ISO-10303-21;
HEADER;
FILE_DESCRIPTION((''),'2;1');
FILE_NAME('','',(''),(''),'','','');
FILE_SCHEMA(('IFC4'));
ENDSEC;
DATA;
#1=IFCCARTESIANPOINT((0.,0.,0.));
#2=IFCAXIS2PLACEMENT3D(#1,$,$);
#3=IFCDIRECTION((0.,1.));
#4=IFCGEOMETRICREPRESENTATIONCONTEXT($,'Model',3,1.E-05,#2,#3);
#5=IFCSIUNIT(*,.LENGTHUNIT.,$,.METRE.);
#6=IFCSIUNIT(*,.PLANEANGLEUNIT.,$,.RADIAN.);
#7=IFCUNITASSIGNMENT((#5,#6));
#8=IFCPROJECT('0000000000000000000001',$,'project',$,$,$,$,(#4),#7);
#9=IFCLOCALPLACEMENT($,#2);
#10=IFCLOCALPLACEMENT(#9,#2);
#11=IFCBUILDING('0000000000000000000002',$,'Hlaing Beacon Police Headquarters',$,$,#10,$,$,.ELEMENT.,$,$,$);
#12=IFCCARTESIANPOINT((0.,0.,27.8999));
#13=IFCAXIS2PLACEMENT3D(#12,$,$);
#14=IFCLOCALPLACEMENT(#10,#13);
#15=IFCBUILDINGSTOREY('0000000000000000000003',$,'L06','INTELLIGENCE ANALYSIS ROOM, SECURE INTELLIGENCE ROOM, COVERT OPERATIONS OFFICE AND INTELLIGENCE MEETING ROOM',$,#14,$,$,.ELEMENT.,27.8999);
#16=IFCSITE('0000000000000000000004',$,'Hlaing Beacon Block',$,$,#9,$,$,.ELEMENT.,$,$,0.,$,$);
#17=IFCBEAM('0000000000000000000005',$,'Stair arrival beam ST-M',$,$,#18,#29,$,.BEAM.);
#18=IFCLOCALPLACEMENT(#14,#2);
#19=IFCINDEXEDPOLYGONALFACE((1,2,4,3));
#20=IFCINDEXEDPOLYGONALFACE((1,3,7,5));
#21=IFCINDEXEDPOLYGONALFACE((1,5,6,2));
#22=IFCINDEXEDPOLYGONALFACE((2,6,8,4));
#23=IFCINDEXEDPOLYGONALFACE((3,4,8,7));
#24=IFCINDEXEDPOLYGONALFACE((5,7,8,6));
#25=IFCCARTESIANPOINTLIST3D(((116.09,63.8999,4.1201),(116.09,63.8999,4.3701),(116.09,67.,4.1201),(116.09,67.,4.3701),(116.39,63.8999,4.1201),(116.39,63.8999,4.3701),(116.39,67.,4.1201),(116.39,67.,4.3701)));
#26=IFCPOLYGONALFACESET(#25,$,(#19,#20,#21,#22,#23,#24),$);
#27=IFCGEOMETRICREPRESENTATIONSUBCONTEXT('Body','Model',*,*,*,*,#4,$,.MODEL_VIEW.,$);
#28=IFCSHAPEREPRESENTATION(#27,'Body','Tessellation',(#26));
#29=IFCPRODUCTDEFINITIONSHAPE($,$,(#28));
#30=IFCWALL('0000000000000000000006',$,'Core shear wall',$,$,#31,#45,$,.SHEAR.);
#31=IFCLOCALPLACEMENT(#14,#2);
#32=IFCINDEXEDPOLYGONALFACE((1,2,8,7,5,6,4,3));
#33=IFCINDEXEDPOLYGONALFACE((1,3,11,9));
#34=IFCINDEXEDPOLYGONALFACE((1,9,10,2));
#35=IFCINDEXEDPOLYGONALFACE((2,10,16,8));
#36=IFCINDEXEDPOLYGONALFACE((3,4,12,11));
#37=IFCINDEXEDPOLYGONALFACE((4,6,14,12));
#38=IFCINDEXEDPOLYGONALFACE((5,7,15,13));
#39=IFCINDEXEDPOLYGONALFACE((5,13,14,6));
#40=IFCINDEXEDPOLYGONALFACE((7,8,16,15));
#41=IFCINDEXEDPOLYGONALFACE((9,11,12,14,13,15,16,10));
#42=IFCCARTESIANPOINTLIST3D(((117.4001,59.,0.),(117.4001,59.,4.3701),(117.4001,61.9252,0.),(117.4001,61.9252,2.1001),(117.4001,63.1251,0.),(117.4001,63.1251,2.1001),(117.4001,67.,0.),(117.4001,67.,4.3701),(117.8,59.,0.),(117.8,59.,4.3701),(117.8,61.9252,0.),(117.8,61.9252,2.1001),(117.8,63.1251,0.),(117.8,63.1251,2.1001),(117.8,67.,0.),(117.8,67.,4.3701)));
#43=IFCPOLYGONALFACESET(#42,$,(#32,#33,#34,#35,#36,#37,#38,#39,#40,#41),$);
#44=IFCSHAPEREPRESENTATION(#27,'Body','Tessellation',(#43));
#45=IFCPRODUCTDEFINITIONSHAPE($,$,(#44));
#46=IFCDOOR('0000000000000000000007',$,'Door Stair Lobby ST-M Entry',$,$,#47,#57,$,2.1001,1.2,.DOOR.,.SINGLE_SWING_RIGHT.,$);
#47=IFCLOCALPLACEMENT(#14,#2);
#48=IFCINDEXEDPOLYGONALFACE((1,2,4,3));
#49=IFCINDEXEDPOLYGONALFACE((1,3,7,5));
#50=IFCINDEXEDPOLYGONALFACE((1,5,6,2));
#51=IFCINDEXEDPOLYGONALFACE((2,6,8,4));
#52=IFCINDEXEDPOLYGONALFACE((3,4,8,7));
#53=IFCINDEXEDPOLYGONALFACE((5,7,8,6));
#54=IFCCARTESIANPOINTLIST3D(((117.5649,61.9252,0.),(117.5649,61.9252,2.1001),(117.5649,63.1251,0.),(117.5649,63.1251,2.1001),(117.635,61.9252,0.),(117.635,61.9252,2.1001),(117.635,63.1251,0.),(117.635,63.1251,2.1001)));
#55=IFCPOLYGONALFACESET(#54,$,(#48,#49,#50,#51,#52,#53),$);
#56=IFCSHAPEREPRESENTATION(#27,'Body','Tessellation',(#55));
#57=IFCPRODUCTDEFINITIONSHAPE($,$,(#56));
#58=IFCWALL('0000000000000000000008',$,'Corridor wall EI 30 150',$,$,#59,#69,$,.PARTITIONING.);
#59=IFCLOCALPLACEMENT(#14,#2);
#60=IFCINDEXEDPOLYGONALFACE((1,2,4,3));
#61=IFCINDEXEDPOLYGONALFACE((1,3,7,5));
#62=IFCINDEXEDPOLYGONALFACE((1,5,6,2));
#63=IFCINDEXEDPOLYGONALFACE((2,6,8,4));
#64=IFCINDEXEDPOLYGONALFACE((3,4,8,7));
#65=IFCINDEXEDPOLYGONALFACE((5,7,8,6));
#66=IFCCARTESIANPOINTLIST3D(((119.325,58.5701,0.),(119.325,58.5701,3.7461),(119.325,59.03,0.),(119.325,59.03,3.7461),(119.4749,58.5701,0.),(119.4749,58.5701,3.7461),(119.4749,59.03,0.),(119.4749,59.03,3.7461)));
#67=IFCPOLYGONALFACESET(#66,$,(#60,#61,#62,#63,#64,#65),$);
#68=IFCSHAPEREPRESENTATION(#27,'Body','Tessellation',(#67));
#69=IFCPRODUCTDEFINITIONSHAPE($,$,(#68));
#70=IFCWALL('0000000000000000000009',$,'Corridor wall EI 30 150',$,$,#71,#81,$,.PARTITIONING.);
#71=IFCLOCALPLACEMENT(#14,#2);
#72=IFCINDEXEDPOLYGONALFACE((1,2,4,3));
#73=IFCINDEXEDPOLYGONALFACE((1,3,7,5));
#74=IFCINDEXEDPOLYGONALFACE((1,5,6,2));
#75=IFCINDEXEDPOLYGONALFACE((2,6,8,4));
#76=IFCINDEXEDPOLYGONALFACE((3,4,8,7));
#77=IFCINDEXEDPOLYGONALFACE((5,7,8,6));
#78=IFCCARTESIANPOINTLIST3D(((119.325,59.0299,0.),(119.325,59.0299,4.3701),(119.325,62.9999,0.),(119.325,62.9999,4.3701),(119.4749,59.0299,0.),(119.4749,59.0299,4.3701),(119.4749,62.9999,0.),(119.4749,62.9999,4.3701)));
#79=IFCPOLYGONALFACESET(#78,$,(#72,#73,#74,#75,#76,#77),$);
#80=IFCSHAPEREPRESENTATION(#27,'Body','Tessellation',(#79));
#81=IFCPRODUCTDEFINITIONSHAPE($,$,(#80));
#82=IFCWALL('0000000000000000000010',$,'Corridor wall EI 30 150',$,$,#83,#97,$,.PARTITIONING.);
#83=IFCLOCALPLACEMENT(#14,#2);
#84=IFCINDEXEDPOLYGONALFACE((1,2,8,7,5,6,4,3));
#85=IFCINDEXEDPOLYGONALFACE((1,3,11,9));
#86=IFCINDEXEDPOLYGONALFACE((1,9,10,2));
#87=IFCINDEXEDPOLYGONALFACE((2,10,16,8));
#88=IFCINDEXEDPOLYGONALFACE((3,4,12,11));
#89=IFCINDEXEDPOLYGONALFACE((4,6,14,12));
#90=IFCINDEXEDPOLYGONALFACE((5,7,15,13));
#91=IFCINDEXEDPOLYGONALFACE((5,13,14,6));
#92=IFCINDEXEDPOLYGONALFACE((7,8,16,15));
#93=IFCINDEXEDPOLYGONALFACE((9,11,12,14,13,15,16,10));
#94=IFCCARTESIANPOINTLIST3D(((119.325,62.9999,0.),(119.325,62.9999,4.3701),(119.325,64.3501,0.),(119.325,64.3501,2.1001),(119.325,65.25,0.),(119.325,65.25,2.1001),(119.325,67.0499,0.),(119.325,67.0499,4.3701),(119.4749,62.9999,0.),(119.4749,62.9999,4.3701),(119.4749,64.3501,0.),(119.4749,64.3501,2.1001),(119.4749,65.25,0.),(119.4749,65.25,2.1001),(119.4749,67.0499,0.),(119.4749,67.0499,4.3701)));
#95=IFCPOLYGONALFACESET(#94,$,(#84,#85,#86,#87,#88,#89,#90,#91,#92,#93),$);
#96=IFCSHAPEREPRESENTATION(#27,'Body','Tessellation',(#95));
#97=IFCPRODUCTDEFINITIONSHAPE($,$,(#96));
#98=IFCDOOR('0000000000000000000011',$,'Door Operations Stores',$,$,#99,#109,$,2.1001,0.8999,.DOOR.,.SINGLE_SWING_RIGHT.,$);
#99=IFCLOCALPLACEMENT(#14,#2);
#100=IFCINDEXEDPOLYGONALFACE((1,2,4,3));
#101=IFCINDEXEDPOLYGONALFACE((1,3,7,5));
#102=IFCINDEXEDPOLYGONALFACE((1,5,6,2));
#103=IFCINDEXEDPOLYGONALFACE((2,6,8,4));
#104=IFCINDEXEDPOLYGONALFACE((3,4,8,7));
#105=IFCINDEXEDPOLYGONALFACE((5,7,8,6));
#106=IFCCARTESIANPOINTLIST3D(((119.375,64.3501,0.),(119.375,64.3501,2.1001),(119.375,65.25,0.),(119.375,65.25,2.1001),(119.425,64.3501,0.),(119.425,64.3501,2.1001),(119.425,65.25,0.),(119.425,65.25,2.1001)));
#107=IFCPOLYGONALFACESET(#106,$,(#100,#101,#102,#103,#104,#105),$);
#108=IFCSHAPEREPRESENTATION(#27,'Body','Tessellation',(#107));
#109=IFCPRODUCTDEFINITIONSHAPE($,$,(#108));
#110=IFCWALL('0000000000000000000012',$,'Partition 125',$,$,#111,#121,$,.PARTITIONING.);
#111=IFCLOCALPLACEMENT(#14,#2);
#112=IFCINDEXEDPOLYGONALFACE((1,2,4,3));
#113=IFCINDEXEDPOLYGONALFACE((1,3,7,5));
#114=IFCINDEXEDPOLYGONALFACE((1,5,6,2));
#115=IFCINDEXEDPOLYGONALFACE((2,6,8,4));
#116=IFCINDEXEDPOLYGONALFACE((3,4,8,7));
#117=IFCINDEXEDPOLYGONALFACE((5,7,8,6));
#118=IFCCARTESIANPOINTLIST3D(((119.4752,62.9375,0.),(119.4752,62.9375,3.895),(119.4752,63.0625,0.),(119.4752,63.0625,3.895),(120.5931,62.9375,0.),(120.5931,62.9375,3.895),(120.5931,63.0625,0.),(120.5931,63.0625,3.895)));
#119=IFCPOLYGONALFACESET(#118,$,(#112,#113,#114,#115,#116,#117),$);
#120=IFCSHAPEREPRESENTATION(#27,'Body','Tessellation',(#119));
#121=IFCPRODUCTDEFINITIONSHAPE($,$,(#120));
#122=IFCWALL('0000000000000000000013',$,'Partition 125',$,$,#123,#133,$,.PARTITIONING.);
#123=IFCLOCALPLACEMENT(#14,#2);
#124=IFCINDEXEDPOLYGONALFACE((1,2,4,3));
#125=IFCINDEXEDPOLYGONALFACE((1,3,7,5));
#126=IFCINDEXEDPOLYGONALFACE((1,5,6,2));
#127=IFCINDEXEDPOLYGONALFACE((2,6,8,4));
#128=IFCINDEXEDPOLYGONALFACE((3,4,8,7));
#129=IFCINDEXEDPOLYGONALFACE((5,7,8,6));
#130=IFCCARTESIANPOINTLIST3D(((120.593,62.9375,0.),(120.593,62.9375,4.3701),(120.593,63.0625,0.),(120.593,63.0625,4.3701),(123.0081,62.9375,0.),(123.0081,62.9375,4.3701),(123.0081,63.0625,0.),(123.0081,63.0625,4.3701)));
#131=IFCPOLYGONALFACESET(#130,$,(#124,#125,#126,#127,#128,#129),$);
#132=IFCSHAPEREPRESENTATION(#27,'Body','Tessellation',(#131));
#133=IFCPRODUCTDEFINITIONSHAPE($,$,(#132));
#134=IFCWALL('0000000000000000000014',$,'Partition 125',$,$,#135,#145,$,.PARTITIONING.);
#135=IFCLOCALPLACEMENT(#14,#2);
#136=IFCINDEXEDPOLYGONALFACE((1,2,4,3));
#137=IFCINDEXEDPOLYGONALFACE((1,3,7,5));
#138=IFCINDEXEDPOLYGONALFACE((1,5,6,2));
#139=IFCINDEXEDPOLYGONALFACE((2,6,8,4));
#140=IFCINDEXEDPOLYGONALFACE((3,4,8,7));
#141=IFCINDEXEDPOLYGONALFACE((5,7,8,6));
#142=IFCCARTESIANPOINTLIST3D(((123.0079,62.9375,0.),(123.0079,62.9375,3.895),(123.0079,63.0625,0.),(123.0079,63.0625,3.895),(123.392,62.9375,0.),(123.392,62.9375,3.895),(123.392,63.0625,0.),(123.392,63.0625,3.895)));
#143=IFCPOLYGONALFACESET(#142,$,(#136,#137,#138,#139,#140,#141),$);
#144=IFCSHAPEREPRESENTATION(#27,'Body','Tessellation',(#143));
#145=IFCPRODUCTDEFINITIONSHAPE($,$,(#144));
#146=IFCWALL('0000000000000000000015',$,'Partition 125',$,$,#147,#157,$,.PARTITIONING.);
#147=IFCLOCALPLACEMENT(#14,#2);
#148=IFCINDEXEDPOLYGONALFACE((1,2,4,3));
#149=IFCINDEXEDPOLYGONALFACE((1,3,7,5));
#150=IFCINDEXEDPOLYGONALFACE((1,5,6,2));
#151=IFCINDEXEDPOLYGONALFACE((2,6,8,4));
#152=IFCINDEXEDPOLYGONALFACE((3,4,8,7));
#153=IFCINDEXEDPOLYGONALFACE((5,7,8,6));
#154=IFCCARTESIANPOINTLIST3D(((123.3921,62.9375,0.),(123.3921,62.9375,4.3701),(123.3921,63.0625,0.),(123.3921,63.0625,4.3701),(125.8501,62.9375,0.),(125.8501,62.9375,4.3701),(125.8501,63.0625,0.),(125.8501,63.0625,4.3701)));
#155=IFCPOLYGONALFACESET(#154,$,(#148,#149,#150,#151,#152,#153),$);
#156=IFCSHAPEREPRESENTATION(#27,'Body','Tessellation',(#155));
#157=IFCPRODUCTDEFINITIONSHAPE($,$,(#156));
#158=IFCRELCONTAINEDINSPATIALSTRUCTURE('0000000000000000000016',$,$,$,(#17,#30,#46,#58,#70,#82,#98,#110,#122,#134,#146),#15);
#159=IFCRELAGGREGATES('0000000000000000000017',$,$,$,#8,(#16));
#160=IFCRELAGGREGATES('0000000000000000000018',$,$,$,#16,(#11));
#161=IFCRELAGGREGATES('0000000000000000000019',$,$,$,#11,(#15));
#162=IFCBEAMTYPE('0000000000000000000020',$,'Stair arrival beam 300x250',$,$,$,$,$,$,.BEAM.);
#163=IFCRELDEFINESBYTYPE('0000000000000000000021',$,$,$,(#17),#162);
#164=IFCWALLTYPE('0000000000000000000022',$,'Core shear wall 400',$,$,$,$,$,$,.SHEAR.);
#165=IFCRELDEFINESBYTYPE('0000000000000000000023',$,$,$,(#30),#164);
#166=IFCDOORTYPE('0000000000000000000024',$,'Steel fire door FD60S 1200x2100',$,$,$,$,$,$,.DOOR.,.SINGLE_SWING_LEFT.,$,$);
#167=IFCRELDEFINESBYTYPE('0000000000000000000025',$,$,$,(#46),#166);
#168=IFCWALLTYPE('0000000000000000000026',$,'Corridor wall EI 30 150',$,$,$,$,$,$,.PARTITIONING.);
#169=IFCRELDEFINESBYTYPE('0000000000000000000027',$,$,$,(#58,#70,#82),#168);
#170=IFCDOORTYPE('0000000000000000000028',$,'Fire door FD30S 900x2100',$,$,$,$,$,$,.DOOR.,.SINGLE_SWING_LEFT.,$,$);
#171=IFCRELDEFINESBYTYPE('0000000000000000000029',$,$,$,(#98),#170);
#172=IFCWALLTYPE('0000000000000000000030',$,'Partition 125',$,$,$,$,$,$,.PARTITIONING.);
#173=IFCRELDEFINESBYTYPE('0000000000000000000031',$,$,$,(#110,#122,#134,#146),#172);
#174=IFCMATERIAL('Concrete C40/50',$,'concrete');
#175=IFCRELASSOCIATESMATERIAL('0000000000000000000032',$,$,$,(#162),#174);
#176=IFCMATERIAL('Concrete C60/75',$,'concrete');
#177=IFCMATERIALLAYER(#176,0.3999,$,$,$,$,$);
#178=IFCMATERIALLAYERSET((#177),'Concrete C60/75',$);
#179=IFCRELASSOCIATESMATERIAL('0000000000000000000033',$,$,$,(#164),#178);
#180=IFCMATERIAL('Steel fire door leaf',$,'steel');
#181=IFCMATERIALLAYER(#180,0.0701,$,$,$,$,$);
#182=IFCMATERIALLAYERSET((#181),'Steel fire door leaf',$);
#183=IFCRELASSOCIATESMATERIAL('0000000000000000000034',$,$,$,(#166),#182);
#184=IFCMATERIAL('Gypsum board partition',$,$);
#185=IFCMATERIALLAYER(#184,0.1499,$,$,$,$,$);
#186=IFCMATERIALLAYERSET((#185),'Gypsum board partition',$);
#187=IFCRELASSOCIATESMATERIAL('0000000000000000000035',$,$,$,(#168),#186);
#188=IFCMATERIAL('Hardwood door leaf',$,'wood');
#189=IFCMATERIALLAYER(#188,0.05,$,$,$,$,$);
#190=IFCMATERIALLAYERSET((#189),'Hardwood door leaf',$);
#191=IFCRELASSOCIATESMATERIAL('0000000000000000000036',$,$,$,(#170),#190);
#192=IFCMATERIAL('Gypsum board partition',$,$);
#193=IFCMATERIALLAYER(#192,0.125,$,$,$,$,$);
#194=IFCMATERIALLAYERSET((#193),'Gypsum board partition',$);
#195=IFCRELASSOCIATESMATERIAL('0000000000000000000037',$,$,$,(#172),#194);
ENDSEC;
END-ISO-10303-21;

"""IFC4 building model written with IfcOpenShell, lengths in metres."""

from ifc_helpers import new_model, si_unit, direction, frame, frame_2d, origin, origin_2d, place, context, subcontext, project, spatial, rectangle, extrude, material, layer, layer_set, material_profile, profile_set, type_object, element, fill, save


model = new_model("IFC4")

# Units and contexts
model_context = context("Model", 3, precision=1e-05, world=origin(), true_north=direction((0.0, 1.0)))
body_context = subcontext(model_context, "Body", "Model", "MODEL_VIEW")
ifc_project = project(units=[si_unit("LENGTHUNIT", "METRE"), si_unit("PLANEANGLEUNIT", "RADIAN")], contexts=[model_context])

# Site, building, storey
site_placement = place(None, origin())
site = spatial("IfcSite", under=ifc_project, at=site_placement, Name="Hlaing Beacon Block", CompositionType="ELEMENT", RefElevation=0.0)
building_placement = place(site_placement, origin())
building = spatial("IfcBuilding", under=site, at=building_placement, Name="Hlaing Beacon Police Headquarters", CompositionType="ELEMENT")
storey_placement = place(building_placement, frame((0.0, 0.0, 27.8999)))
storey = spatial("IfcBuildingStorey", under=building, at=storey_placement, Name="L06", Description="INTELLIGENCE ANALYSIS ROOM, SECURE INTELLIGENCE ROOM, COVERT OPERATIONS OFFICE AND INTELLIGENCE MEETING ROOM", CompositionType="ELEMENT", Elevation=27.8999)

# Beam
ifc_material_1 = material(Name="Concrete C40/50", Category="concrete")
ifc_material_profile_1 = material_profile(ifc_material_1, rectangle(XDim=0.3, YDim=0.25, at=origin_2d()), Name="Stair arrival beam 300x250")
ifc_profile_set_1 = profile_set([ifc_material_profile_1], Name="Concrete C40/50")
beam_type_1 = type_object("IfcBeamType", Name="Stair arrival beam 300x250", PredefinedType="BEAM", material=ifc_profile_set_1)
beam_1_placement = place(storey_placement, frame((116.24, 67.0, 4.2451), z_axis=(0.0, -1.0, 0.0), x_axis=(1.0, 0.0, 0.0)))
element("IfcBeam", 1, at=beam_1_placement, inside=storey, type_object=beam_type_1, Name="Stair arrival beam ST-M", PredefinedType="BEAM", context=body_context, shape_type="SweptSolid", body=[
    extrude(rectangle(XDim=0.3, YDim=0.25, at=origin_2d()), origin(), (0.0, 0.0, 1.0), 3.1001),
])

# Wall, opening, door
ifc_material_2 = material(Name="Concrete C60/75", Category="concrete")
ifc_layer_1 = layer(ifc_material_2, 0.3999)
ifc_layer_set_1 = layer_set([ifc_layer_1], Name="Concrete C60/75")
wall_type_1 = type_object("IfcWallType", Name="Core shear wall 400", PredefinedType="SHEAR", material=ifc_layer_set_1)
wall_1_placement = place(storey_placement, frame((117.6001, 59.0, 0.0), z_axis=(0.0, 0.0, 1.0), x_axis=(0.0, 1.0, 0.0)))
wall_1 = element("IfcWall", 2, at=wall_1_placement, inside=storey, type_object=wall_type_1, Name="Core shear wall", PredefinedType="SHEAR", context=body_context, shape_type="SweptSolid", body=[
    extrude(rectangle(XDim=8.0, YDim=0.3999, at=frame_2d((4.0, 0.0))), origin(), (0.0, 0.0, 1.0), 4.3701),
])
opening_1_placement = place(wall_1_placement, frame((2.925, 0.0, 0.0)))
opening_1 = element("IfcOpeningElement", 3, at=opening_1_placement, cuts=wall_1, PredefinedType="OPENING", context=body_context, shape_type="SweptSolid", body=[
    extrude(rectangle(XDim=1.2, YDim=2.1001, at=frame_2d((0.6001, 1.05))), frame((0.0, 0.21, 0.0), z_axis=(0.0, -1.0, 0.0), x_axis=(1.0, 0.0, 0.0)), (0.0, 0.0, 1.0), 0.4199),
])
ifc_material_3 = material(Name="Steel fire door leaf", Category="steel")
ifc_layer_2 = layer(ifc_material_3, 0.0701)
ifc_layer_set_2 = layer_set([ifc_layer_2], Name="Steel fire door leaf")
door_type_1 = type_object("IfcDoorType", Name="Steel fire door FD60S 1200x2100", OperationType="SINGLE_SWING_LEFT", PredefinedType="DOOR", material=ifc_layer_set_2)
door_1_placement = place(opening_1_placement, origin())
door_1 = element("IfcDoor", 4, at=door_1_placement, inside=storey, type_object=door_type_1, Name="Door Stair Lobby ST-M Entry", OperationType="SINGLE_SWING_RIGHT", OverallHeight=2.1001, OverallWidth=1.2, PredefinedType="DOOR", context=body_context, shape_type="SweptSolid", body=[
    extrude(rectangle(XDim=1.2, YDim=2.1001, at=frame_2d((0.6001, 1.05))), frame((0.0, 0.0352, 0.0), z_axis=(0.0, -1.0, 0.0), x_axis=(1.0, 0.0, 0.0)), (0.0, 0.0, 1.0), 0.0701),
])
fill(opening_1, door_1)

# Walls
ifc_material_4 = material(Name="Gypsum board partition")
ifc_layer_3 = layer(ifc_material_4, 0.1499)
ifc_layer_set_3 = layer_set([ifc_layer_3], Name="Gypsum board partition")
wall_type_2 = type_object("IfcWallType", Name="Corridor wall EI 30 150", PredefinedType="PARTITIONING", material=ifc_layer_set_3)
wall_2_placement = place(storey_placement, frame((119.3999, 58.5701, 0.0), z_axis=(0.0, 0.0, 1.0), x_axis=(0.0, 1.0, 0.0)))
element("IfcWall", 5, at=wall_2_placement, inside=storey, type_object=wall_type_2, Name="Corridor wall EI 30 150", PredefinedType="PARTITIONING", context=body_context, shape_type="SweptSolid", body=[
    extrude(rectangle(XDim=0.46, YDim=0.1499, at=frame_2d((0.23, 0.0))), origin(), (0.0, 0.0, 1.0), 3.7461),
])
wall_3_placement = place(storey_placement, frame((119.3999, 59.03, 0.0), z_axis=(0.0, 0.0, 1.0), x_axis=(0.0, 1.0, 0.0)))
element("IfcWall", 6, at=wall_3_placement, inside=storey, type_object=wall_type_2, Name="Corridor wall EI 30 150", PredefinedType="PARTITIONING", context=body_context, shape_type="SweptSolid", body=[
    extrude(rectangle(XDim=3.97, YDim=0.1499, at=frame_2d((1.9849, 0.0))), origin(), (0.0, 0.0, 1.0), 4.3701),
])

# Wall, opening, door
wall_4_placement = place(storey_placement, frame((119.3999, 63.0, 0.0), z_axis=(0.0, 0.0, 1.0), x_axis=(0.0, 1.0, 0.0)))
wall_4 = element("IfcWall", 7, at=wall_4_placement, inside=storey, type_object=wall_type_2, Name="Corridor wall EI 30 150", PredefinedType="PARTITIONING", context=body_context, shape_type="SweptSolid", body=[
    extrude(rectangle(XDim=4.05, YDim=0.1499, at=frame_2d((2.0249, 0.0))), origin(), (0.0, 0.0, 1.0), 4.3701),
])
opening_2_placement = place(wall_4_placement, frame((1.3501, 0.0, 0.0)))
opening_2 = element("IfcOpeningElement", 8, at=opening_2_placement, cuts=wall_4, PredefinedType="OPENING", context=body_context, shape_type="SweptSolid", body=[
    extrude(rectangle(XDim=0.8999, YDim=2.1001, at=frame_2d((0.45, 1.05))), frame((0.0, 0.085, 0.0), z_axis=(0.0, -1.0, 0.0), x_axis=(1.0, 0.0, 0.0)), (0.0, 0.0, 1.0), 0.1699),
])
ifc_material_5 = material(Name="Hardwood door leaf", Category="wood")
ifc_layer_4 = layer(ifc_material_5, 0.05)
ifc_layer_set_4 = layer_set([ifc_layer_4], Name="Hardwood door leaf")
door_type_2 = type_object("IfcDoorType", Name="Fire door FD30S 900x2100", OperationType="SINGLE_SWING_LEFT", PredefinedType="DOOR", material=ifc_layer_set_4)
door_2_placement = place(opening_2_placement, frame((0.8999, 0.0, 0.0), z_axis=(0.0, 0.0, 1.0), x_axis=(-1.0, 0.0, 0.0)))
door_2 = element("IfcDoor", 9, at=door_2_placement, inside=storey, type_object=door_type_2, Name="Door Operations Stores", OperationType="SINGLE_SWING_RIGHT", OverallHeight=2.1001, OverallWidth=0.8999, PredefinedType="DOOR", context=body_context, shape_type="SweptSolid", body=[
    extrude(rectangle(XDim=0.8999, YDim=2.1001, at=frame_2d((0.45, 1.05))), frame((0.0, 0.0251, 0.0), z_axis=(0.0, -1.0, 0.0), x_axis=(1.0, 0.0, 0.0)), (0.0, 0.0, 1.0), 0.05),
])
fill(opening_2, door_2)

# Walls
ifc_material_6 = material(Name="Gypsum board partition")
ifc_layer_5 = layer(ifc_material_6, 0.125)
ifc_layer_set_5 = layer_set([ifc_layer_5], Name="Gypsum board partition")
wall_type_3 = type_object("IfcWallType", Name="Partition 125", PredefinedType="PARTITIONING", material=ifc_layer_set_5)
wall_5_placement = place(storey_placement, frame((119.4751, 63.0, 0.0), z_axis=(0.0, 0.0, 1.0), x_axis=(1.0, 0.0, 0.0)))
element("IfcWall", 10, at=wall_5_placement, inside=storey, type_object=wall_type_3, Name="Partition 125", PredefinedType="PARTITIONING", context=body_context, shape_type="SweptSolid", body=[
    extrude(rectangle(XDim=1.1179, YDim=0.125, at=frame_2d((0.5591, 0.0))), origin(), (0.0, 0.0, 1.0), 3.895),
])
wall_6_placement = place(storey_placement, frame((120.593, 63.0, 0.0), z_axis=(0.0, 0.0, 1.0), x_axis=(1.0, 0.0, 0.0)))
element("IfcWall", 11, at=wall_6_placement, inside=storey, type_object=wall_type_3, Name="Partition 125", PredefinedType="PARTITIONING", context=body_context, shape_type="SweptSolid", body=[
    extrude(rectangle(XDim=2.415, YDim=0.125, at=frame_2d((1.2075, 0.0))), origin(), (0.0, 0.0, 1.0), 4.3701),
])
wall_7_placement = place(storey_placement, frame((123.0081, 63.0, 0.0), z_axis=(0.0, 0.0, 1.0), x_axis=(1.0, 0.0, 0.0)))
element("IfcWall", 12, at=wall_7_placement, inside=storey, type_object=wall_type_3, Name="Partition 125", PredefinedType="PARTITIONING", context=body_context, shape_type="SweptSolid", body=[
    extrude(rectangle(XDim=0.384, YDim=0.125, at=frame_2d((0.1919, 0.0))), origin(), (0.0, 0.0, 1.0), 3.895),
])
wall_8_placement = place(storey_placement, frame((123.3921, 63.0, 0.0), z_axis=(0.0, 0.0, 1.0), x_axis=(1.0, 0.0, 0.0)))
element("IfcWall", 13, at=wall_8_placement, inside=storey, type_object=wall_type_3, Name="Partition 125", PredefinedType="PARTITIONING", context=body_context, shape_type="SweptSolid", body=[
    extrude(rectangle(XDim=2.458, YDim=0.125, at=frame_2d((1.229, 0.0))), origin(), (0.0, 0.0, 1.0), 4.3701),
])

save(model, "model.ifc")
